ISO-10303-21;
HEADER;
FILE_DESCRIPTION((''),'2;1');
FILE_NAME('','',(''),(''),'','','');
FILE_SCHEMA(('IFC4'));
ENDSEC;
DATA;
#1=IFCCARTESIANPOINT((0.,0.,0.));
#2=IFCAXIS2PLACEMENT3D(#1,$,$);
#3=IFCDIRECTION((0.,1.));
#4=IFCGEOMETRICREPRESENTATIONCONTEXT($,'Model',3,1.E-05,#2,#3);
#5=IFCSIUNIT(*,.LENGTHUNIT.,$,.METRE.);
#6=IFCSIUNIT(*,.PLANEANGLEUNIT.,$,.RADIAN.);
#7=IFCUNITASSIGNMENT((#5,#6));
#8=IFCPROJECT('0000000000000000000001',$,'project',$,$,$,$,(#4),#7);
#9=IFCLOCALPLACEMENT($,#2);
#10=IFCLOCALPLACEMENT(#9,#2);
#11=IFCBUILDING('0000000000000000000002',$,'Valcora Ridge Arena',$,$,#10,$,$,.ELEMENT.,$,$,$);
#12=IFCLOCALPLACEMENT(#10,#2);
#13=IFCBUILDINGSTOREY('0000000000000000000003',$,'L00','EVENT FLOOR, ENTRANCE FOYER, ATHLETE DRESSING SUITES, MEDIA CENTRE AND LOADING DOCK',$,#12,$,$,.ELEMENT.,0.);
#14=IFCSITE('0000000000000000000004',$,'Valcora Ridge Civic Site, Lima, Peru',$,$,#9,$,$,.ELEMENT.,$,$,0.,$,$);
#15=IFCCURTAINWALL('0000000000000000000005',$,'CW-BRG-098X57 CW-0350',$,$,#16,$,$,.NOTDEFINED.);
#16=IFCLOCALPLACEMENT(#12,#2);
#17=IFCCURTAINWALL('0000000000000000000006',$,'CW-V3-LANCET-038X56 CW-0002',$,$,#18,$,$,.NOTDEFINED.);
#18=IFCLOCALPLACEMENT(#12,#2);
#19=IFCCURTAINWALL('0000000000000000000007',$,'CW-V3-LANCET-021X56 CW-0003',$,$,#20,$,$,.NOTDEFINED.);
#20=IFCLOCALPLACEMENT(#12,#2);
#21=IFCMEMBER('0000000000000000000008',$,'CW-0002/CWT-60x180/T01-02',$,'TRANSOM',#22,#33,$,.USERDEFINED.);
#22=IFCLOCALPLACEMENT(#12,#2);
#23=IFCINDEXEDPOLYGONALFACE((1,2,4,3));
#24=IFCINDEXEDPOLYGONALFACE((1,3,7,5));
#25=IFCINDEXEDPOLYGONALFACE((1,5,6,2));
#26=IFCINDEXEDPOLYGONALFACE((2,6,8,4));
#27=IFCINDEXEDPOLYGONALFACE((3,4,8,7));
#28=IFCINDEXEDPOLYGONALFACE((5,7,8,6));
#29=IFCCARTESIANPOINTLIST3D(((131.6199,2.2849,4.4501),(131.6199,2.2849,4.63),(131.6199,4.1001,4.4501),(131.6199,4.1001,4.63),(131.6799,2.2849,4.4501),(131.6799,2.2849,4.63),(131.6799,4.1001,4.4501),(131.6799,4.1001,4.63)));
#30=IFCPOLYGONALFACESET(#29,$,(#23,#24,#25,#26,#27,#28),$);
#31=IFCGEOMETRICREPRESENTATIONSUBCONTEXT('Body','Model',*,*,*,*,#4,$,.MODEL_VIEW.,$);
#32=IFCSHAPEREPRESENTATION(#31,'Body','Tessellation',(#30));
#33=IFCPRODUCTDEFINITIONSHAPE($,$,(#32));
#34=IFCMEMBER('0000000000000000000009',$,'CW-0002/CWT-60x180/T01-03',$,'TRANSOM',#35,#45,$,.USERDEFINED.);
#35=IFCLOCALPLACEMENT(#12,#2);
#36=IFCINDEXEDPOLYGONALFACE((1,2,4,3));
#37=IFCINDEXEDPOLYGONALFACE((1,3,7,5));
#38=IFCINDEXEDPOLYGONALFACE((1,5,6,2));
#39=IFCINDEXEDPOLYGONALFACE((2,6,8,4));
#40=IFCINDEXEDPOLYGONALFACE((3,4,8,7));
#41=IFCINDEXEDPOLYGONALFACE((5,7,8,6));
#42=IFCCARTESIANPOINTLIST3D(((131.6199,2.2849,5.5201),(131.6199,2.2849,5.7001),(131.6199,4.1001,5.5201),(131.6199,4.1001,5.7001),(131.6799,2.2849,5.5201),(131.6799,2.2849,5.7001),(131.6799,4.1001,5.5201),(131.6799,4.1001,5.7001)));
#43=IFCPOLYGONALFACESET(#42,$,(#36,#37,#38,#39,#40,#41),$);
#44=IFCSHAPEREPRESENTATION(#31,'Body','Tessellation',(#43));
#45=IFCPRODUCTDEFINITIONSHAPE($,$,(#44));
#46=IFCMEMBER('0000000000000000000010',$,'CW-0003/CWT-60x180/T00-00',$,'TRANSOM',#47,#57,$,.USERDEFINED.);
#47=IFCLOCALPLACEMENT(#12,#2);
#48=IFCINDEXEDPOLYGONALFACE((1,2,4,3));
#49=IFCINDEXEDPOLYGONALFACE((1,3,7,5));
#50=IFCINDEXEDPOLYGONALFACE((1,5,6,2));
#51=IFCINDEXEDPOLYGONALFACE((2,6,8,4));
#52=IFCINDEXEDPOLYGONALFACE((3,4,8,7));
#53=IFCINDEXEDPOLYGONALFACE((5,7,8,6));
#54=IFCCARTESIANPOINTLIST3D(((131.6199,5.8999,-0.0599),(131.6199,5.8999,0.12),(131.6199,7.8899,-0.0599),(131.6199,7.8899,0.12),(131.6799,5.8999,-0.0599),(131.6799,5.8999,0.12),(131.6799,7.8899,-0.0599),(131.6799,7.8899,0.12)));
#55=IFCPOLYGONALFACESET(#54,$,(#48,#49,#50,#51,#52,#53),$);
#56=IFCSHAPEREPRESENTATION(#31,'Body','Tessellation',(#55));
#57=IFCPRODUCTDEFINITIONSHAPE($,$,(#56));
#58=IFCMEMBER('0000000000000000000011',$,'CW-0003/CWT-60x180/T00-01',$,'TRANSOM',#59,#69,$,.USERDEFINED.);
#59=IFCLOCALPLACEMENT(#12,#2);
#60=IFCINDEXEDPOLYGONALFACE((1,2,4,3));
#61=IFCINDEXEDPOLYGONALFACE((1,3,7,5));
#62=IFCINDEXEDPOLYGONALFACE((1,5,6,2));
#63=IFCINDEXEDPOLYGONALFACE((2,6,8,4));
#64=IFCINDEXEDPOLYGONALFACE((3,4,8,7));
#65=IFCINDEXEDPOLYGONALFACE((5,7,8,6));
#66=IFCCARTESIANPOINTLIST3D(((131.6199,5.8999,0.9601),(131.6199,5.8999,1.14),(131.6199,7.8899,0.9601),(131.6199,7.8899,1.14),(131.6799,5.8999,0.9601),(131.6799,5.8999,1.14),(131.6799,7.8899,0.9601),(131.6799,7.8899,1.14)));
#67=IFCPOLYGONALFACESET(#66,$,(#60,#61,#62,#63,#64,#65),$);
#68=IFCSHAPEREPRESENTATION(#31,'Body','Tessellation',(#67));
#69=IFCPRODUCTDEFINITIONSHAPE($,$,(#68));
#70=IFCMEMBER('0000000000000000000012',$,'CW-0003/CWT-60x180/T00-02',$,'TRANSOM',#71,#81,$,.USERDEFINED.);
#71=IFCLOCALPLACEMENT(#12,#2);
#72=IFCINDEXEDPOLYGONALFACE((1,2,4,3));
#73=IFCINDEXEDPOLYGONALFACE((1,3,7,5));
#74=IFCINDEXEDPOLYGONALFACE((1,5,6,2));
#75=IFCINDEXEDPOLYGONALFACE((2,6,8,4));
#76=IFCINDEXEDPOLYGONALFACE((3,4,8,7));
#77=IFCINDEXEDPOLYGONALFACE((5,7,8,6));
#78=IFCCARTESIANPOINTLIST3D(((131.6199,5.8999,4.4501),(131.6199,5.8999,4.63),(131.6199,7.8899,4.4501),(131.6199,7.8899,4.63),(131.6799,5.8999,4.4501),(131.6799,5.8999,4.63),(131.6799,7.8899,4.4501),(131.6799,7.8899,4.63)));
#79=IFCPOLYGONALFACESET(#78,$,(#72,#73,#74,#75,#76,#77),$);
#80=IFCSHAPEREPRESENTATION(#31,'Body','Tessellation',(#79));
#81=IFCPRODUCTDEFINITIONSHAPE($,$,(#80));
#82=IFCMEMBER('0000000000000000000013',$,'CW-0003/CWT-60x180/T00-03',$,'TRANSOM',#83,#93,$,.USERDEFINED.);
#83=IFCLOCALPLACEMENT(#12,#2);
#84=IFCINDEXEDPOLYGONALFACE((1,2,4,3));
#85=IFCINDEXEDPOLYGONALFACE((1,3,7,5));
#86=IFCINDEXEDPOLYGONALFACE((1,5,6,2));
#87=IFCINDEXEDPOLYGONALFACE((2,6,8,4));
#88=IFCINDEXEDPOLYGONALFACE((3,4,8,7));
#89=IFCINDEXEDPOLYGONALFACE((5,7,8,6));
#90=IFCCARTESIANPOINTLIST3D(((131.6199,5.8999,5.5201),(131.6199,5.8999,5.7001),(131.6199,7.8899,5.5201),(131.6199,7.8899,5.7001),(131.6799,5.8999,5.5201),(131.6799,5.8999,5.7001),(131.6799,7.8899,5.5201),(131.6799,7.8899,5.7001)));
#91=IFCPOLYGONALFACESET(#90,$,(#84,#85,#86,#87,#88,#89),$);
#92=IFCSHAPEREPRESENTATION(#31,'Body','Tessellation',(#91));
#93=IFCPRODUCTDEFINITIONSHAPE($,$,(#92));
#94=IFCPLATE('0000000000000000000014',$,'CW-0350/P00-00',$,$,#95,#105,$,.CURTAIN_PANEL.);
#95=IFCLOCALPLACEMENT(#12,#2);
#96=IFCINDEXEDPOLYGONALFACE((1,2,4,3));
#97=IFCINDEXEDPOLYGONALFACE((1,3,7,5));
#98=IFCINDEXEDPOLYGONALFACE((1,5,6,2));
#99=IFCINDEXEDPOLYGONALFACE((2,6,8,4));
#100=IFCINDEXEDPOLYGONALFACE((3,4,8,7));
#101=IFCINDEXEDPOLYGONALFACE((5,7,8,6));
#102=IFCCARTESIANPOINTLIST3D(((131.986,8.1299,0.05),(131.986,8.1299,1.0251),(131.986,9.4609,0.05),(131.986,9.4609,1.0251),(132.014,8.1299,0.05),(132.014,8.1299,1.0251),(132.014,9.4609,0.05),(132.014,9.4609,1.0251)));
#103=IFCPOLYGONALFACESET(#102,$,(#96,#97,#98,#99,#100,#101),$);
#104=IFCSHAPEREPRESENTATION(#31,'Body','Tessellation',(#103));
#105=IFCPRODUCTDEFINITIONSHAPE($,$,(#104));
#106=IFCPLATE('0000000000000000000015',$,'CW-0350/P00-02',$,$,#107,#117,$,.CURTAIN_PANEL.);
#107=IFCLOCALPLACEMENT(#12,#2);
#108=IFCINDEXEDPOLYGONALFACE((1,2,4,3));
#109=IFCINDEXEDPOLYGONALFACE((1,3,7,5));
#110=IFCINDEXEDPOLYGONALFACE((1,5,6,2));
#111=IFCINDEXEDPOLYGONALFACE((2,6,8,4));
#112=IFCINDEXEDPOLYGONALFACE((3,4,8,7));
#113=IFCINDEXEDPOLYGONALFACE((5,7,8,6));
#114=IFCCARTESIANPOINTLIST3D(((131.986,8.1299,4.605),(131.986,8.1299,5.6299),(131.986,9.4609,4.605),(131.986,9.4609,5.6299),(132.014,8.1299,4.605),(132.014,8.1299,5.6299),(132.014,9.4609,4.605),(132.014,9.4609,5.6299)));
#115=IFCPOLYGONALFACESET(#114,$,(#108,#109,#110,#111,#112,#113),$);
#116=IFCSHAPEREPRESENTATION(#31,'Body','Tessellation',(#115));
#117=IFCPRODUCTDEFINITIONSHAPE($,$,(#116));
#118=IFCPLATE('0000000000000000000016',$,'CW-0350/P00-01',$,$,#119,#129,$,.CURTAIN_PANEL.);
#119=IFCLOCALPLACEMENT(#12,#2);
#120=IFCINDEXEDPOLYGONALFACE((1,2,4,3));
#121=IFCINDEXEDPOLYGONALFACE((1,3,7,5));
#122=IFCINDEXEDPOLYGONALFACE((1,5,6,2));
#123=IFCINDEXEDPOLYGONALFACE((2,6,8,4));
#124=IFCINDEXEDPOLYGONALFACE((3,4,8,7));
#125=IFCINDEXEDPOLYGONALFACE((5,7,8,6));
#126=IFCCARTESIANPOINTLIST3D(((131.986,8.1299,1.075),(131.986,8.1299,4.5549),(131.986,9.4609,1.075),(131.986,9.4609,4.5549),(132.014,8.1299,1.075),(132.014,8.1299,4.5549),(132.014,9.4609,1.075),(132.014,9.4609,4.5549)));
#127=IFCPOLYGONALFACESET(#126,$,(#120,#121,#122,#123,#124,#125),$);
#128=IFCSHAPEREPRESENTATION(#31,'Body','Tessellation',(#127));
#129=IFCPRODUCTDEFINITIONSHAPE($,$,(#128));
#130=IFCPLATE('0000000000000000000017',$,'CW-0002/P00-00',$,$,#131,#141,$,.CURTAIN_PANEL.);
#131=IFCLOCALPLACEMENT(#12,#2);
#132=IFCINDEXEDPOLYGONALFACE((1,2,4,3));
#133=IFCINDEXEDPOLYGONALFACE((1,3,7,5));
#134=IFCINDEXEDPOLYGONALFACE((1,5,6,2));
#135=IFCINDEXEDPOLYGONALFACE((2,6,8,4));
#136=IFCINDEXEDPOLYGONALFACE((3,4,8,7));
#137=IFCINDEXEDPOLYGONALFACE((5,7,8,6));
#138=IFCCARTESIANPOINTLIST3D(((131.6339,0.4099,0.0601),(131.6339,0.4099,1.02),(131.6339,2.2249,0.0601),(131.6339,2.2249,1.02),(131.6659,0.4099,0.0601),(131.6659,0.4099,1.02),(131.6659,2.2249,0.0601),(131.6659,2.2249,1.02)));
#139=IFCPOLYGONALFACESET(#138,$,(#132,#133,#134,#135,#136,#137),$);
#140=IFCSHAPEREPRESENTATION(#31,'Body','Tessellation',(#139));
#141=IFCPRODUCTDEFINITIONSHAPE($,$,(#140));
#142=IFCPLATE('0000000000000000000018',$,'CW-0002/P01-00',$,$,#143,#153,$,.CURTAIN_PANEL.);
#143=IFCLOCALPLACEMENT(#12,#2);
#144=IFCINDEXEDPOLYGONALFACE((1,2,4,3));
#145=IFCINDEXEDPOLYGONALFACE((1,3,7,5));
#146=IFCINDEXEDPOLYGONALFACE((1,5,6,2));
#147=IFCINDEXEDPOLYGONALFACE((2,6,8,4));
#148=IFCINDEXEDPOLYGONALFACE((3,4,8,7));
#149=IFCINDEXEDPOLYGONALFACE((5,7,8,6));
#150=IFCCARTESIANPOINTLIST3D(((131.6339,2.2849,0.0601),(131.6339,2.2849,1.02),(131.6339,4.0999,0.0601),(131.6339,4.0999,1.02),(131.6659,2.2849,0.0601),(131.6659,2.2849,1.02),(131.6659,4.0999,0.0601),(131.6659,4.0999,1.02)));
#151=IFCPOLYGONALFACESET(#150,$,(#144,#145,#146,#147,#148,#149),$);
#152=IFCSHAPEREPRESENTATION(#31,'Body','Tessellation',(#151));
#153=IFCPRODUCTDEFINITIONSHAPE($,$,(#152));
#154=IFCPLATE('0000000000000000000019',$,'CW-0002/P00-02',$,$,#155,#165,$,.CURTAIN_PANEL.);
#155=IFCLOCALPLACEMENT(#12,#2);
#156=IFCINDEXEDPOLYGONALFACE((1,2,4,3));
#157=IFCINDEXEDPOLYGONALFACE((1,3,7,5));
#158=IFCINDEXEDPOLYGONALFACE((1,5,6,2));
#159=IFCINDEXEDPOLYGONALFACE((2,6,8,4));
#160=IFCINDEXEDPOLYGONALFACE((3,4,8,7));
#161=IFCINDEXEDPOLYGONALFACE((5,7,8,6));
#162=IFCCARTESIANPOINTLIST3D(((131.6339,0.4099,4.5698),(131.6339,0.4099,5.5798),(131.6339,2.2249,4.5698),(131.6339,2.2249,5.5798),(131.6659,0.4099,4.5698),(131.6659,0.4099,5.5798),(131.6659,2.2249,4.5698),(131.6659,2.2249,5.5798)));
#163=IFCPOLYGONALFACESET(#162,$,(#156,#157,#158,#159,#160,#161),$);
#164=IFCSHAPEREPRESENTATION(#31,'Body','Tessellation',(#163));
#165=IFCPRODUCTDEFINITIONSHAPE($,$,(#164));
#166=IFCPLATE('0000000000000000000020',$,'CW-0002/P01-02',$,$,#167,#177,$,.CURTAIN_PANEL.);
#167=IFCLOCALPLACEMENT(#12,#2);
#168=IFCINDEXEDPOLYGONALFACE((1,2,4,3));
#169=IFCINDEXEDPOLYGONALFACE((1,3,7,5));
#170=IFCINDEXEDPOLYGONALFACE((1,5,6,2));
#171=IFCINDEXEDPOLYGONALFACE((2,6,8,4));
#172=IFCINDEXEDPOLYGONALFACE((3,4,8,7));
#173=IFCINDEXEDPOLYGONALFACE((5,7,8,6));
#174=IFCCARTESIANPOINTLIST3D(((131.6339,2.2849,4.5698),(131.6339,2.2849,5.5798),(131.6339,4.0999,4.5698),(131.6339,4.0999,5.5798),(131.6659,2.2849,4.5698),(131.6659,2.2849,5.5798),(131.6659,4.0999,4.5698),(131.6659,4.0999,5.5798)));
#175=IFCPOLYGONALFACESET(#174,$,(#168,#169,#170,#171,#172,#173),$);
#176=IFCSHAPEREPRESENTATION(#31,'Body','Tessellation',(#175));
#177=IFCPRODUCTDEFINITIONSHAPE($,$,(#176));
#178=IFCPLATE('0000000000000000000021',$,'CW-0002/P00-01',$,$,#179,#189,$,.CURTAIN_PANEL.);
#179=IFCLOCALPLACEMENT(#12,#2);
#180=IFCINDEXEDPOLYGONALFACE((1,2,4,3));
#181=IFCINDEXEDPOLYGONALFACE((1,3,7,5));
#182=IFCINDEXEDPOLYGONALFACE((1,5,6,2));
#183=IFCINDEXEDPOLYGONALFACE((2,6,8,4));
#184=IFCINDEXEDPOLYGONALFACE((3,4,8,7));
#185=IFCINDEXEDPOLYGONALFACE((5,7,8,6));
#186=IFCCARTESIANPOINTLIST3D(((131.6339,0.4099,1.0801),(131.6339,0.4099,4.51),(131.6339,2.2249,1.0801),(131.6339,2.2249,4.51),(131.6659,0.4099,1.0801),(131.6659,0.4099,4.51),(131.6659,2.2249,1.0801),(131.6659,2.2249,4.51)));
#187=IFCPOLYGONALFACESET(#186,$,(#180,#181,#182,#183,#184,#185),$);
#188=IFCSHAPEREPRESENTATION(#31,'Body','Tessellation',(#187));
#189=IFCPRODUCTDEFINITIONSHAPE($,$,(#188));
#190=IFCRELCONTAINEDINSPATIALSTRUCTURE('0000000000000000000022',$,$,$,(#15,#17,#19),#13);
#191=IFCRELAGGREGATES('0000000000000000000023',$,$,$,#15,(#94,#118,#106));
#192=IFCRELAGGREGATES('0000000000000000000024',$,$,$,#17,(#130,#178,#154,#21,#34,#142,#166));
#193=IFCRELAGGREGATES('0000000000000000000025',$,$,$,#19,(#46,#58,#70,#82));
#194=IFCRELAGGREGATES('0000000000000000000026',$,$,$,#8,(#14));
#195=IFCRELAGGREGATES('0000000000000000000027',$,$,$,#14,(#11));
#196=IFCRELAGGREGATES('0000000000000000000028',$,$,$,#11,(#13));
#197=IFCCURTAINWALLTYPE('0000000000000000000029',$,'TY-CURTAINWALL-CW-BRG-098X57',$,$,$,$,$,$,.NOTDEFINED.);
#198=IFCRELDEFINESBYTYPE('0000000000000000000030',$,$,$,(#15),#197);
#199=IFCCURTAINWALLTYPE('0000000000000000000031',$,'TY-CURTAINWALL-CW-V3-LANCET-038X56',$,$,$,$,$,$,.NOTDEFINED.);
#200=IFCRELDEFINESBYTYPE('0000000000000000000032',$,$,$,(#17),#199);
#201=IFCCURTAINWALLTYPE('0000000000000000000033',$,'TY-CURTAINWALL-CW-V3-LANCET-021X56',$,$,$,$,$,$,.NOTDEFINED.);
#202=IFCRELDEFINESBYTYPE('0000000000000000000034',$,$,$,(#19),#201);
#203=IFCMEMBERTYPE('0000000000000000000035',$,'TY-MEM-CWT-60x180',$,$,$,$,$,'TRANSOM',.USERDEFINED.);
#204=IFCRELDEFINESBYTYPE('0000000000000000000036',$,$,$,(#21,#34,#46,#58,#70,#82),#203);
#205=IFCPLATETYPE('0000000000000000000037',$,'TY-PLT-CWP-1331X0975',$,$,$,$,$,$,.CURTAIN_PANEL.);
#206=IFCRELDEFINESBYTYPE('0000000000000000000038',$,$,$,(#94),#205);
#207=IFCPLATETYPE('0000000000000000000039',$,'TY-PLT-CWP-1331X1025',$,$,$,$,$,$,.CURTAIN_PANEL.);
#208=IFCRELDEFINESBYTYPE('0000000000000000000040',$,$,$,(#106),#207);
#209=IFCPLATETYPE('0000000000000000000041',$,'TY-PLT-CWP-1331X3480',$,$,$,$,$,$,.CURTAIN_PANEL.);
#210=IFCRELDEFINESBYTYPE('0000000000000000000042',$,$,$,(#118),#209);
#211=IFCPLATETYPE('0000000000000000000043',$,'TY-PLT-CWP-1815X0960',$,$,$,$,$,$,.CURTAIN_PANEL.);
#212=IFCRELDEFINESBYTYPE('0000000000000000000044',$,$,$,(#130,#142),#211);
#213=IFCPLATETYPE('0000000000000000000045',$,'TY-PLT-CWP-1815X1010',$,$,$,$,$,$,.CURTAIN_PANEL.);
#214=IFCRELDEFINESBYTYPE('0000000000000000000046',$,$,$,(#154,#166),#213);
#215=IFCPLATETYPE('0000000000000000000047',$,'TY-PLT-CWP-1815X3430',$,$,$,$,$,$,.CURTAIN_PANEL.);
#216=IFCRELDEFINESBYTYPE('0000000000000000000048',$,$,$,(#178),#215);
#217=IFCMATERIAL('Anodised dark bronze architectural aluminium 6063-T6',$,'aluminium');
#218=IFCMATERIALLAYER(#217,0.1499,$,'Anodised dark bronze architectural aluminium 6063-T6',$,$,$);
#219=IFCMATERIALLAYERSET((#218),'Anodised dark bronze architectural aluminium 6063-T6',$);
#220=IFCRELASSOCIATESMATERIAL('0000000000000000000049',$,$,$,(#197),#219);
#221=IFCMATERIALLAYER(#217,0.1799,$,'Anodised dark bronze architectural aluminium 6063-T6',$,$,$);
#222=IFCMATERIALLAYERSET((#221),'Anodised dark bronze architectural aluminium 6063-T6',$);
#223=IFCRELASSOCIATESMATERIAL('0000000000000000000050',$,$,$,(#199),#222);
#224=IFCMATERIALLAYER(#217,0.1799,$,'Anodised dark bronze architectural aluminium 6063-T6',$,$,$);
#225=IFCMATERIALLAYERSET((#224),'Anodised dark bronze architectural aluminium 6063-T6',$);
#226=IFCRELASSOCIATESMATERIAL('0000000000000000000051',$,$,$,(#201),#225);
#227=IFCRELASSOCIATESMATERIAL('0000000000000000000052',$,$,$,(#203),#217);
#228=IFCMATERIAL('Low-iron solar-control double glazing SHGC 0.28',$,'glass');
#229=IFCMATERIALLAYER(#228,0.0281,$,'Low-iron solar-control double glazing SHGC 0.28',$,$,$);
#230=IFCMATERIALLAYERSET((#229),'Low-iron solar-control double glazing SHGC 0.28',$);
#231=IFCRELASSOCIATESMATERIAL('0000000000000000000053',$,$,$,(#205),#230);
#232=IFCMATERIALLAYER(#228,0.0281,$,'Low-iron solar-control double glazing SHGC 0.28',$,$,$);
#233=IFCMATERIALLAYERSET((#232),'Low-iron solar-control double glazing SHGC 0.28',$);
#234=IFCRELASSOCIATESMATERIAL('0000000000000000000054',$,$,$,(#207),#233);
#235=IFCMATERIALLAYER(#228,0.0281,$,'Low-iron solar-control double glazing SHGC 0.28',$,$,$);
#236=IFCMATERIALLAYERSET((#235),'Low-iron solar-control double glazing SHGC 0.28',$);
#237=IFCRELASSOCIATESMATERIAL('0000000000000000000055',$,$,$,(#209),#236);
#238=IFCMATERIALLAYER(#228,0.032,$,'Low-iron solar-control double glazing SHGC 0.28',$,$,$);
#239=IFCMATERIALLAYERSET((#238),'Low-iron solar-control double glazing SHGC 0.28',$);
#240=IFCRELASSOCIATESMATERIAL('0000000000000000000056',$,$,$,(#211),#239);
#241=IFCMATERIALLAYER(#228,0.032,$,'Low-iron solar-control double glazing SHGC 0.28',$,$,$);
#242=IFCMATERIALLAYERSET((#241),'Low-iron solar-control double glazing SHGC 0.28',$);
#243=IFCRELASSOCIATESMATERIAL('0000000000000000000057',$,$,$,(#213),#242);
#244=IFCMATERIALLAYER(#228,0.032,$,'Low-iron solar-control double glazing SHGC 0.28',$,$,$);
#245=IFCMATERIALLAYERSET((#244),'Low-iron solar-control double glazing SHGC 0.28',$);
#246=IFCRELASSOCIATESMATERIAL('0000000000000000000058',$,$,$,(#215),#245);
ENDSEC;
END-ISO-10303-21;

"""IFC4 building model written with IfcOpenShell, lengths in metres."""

from ifc_helpers import new_model, si_unit, direction, frame, origin, origin_2d, place, context, subcontext, project, spatial, rectangle, extrude, material, layer, layer_set, material_profile, profile_set, type_object, element, aggregate, save


model = new_model("IFC4")

# Units and contexts
model_context = context("Model", 3, precision=1e-05, world=origin(), true_north=direction((0.0, 1.0)))
body_context = subcontext(model_context, "Body", "Model", "MODEL_VIEW")
ifc_project = project(units=[si_unit("LENGTHUNIT", "METRE"), si_unit("PLANEANGLEUNIT", "RADIAN")], contexts=[model_context])

# Site, building, storey
site_placement = place(None, origin())
site = spatial("IfcSite", under=ifc_project, at=site_placement, Name="Valcora Ridge Civic Site, Lima, Peru", CompositionType="ELEMENT", RefElevation=0.0)
building_placement = place(site_placement, origin())
building = spatial("IfcBuilding", under=site, at=building_placement, Name="Valcora Ridge Arena", CompositionType="ELEMENT")
storey_placement = place(building_placement, origin())
storey = spatial("IfcBuildingStorey", under=building, at=storey_placement, Name="L00", Description="EVENT FLOOR, ENTRANCE FOYER, ATHLETE DRESSING SUITES, MEDIA CENTRE AND LOADING DOCK", CompositionType="ELEMENT", Elevation=0.0)

# Curtain walls
ifc_material_1 = material(Name="Anodised dark bronze architectural aluminium 6063-T6", Category="aluminium")
ifc_layer_1 = layer(ifc_material_1, 0.1499, Name="Anodised dark bronze architectural aluminium 6063-T6")
ifc_layer_set_1 = layer_set([ifc_layer_1], Name="Anodised dark bronze architectural aluminium 6063-T6")
curtain_wall_type_1 = type_object("IfcCurtainWallType", Name="TY-CURTAINWALL-CW-BRG-098X57", PredefinedType="NOTDEFINED", material=ifc_layer_set_1)
curtain_wall_1_placement = place(storey_placement, origin())
curtain_wall_1 = element("IfcCurtainWall", 1, at=curtain_wall_1_placement, inside=storey, type_object=curtain_wall_type_1, Name="CW-BRG-098X57 CW-0350", PredefinedType="NOTDEFINED")
ifc_layer_2 = layer(ifc_material_1, 0.1799, Name="Anodised dark bronze architectural aluminium 6063-T6")
ifc_layer_set_2 = layer_set([ifc_layer_2], Name="Anodised dark bronze architectural aluminium 6063-T6")
curtain_wall_type_2 = type_object("IfcCurtainWallType", Name="TY-CURTAINWALL-CW-V3-LANCET-038X56", PredefinedType="NOTDEFINED", material=ifc_layer_set_2)
curtain_wall_2_placement = place(storey_placement, origin())
curtain_wall_2 = element("IfcCurtainWall", 2, at=curtain_wall_2_placement, inside=storey, type_object=curtain_wall_type_2, Name="CW-V3-LANCET-038X56 CW-0002", PredefinedType="NOTDEFINED")
ifc_layer_3 = layer(ifc_material_1, 0.1799, Name="Anodised dark bronze architectural aluminium 6063-T6")
ifc_layer_set_3 = layer_set([ifc_layer_3], Name="Anodised dark bronze architectural aluminium 6063-T6")
curtain_wall_type_3 = type_object("IfcCurtainWallType", Name="TY-CURTAINWALL-CW-V3-LANCET-021X56", PredefinedType="NOTDEFINED", material=ifc_layer_set_3)
curtain_wall_3_placement = place(storey_placement, origin())
curtain_wall_3 = element("IfcCurtainWall", 3, at=curtain_wall_3_placement, inside=storey, type_object=curtain_wall_type_3, Name="CW-V3-LANCET-021X56 CW-0003", PredefinedType="NOTDEFINED")

# Members
ifc_material_profile_1 = material_profile(ifc_material_1, rectangle(XDim=0.0601, YDim=0.1799, at=origin_2d()), Name="ALU TRANSOM 60x180")
ifc_profile_set_1 = profile_set([ifc_material_profile_1], Name="Anodised dark bronze architectural aluminium 6063-T6")
member_type_1 = type_object("IfcMemberType", Name="TY-MEM-CWT-60x180", ElementType="TRANSOM", PredefinedType="USERDEFINED", material=ifc_profile_set_1)
member_1_placement = place(storey_placement, frame((131.6499, 2.2849, 4.54), z_axis=(0.0, 1.0, 0.0), x_axis=(-1.0, 0.0, 0.0)))
member_1 = element("IfcMember", 4, at=member_1_placement, type_object=member_type_1, Name="CW-0002/CWT-60x180/T01-02", ObjectType="TRANSOM", PredefinedType="USERDEFINED", context=body_context, shape_type="SweptSolid", body=[
    extrude(rectangle(XDim=0.0601, YDim=0.1799, at=origin_2d()), origin(), (0.0, 0.0, 1.0), 1.8152),
])
member_2_placement = place(storey_placement, frame((131.6499, 2.2849, 5.6101), z_axis=(0.0, 1.0, 0.0), x_axis=(-1.0, 0.0, 0.0)))
member_2 = element("IfcMember", 5, at=member_2_placement, type_object=member_type_1, Name="CW-0002/CWT-60x180/T01-03", ObjectType="TRANSOM", PredefinedType="USERDEFINED", context=body_context, shape_type="SweptSolid", body=[
    extrude(rectangle(XDim=0.0601, YDim=0.1799, at=origin_2d()), origin(), (0.0, 0.0, 1.0), 1.8152),
])
member_3_placement = place(storey_placement, frame((131.6499, 5.8999, 0.03), z_axis=(0.0, 1.0, 0.0), x_axis=(-1.0, 0.0, 0.0)))
member_3 = element("IfcMember", 6, at=member_3_placement, type_object=member_type_1, Name="CW-0003/CWT-60x180/T00-00", ObjectType="TRANSOM", PredefinedType="USERDEFINED", context=body_context, shape_type="SweptSolid", body=[
    extrude(rectangle(XDim=0.0601, YDim=0.1799, at=origin_2d()), origin(), (0.0, 0.0, 1.0), 1.99),
])
member_4_placement = place(storey_placement, frame((131.6499, 5.8999, 1.05), z_axis=(0.0, 1.0, 0.0), x_axis=(-1.0, 0.0, 0.0)))
member_4 = element("IfcMember", 7, at=member_4_placement, type_object=member_type_1, Name="CW-0003/CWT-60x180/T00-01", ObjectType="TRANSOM", PredefinedType="USERDEFINED", context=body_context, shape_type="SweptSolid", body=[
    extrude(rectangle(XDim=0.0601, YDim=0.1799, at=origin_2d()), origin(), (0.0, 0.0, 1.0), 1.99),
])
member_5_placement = place(storey_placement, frame((131.6499, 5.8999, 4.54), z_axis=(0.0, 1.0, 0.0), x_axis=(-1.0, 0.0, 0.0)))
member_5 = element("IfcMember", 8, at=member_5_placement, type_object=member_type_1, Name="CW-0003/CWT-60x180/T00-02", ObjectType="TRANSOM", PredefinedType="USERDEFINED", context=body_context, shape_type="SweptSolid", body=[
    extrude(rectangle(XDim=0.0601, YDim=0.1799, at=origin_2d()), origin(), (0.0, 0.0, 1.0), 1.99),
])
member_6_placement = place(storey_placement, frame((131.6499, 5.8999, 5.6101), z_axis=(0.0, 1.0, 0.0), x_axis=(-1.0, 0.0, 0.0)))
member_6 = element("IfcMember", 9, at=member_6_placement, type_object=member_type_1, Name="CW-0003/CWT-60x180/T00-03", ObjectType="TRANSOM", PredefinedType="USERDEFINED", context=body_context, shape_type="SweptSolid", body=[
    extrude(rectangle(XDim=0.0601, YDim=0.1799, at=origin_2d()), origin(), (0.0, 0.0, 1.0), 1.99),
])

# Plates
ifc_material_2 = material(Name="Low-iron solar-control double glazing SHGC 0.28", Category="glass")
ifc_layer_4 = layer(ifc_material_2, 0.0281, Name="Low-iron solar-control double glazing SHGC 0.28")
ifc_layer_set_4 = layer_set([ifc_layer_4], Name="Low-iron solar-control double glazing SHGC 0.28")
plate_type_1 = type_object("IfcPlateType", Name="TY-PLT-CWP-1331X0975", PredefinedType="CURTAIN_PANEL", material=ifc_layer_set_4)
plate_1_placement = place(storey_placement, frame((132.0, 8.7954, 0.05), z_axis=(0.0, 0.0, 1.0), x_axis=(0.0, 1.0, 0.0)))
plate_1 = element("IfcPlate", 10, at=plate_1_placement, type_object=plate_type_1, Name="CW-0350/P00-00", PredefinedType="CURTAIN_PANEL", context=body_context, shape_type="SweptSolid", body=[
    extrude(rectangle(XDim=1.3311, YDim=0.0281, at=origin_2d()), origin(), (0.0, 0.0, 1.0), 0.9751),
])
ifc_layer_5 = layer(ifc_material_2, 0.0281, Name="Low-iron solar-control double glazing SHGC 0.28")
ifc_layer_set_5 = layer_set([ifc_layer_5], Name="Low-iron solar-control double glazing SHGC 0.28")
plate_type_2 = type_object("IfcPlateType", Name="TY-PLT-CWP-1331X1025", PredefinedType="CURTAIN_PANEL", material=ifc_layer_set_5)
plate_2_placement = place(storey_placement, frame((132.0, 8.7954, 4.605), z_axis=(0.0, 0.0, 1.0), x_axis=(0.0, 1.0, 0.0)))
plate_2 = element("IfcPlate", 11, at=plate_2_placement, type_object=plate_type_2, Name="CW-0350/P00-02", PredefinedType="CURTAIN_PANEL", context=body_context, shape_type="SweptSolid", body=[
    extrude(rectangle(XDim=1.3311, YDim=0.0281, at=origin_2d()), origin(), (0.0, 0.0, 1.0), 1.0249),
])
ifc_layer_6 = layer(ifc_material_2, 0.0281, Name="Low-iron solar-control double glazing SHGC 0.28")
ifc_layer_set_6 = layer_set([ifc_layer_6], Name="Low-iron solar-control double glazing SHGC 0.28")
plate_type_3 = type_object("IfcPlateType", Name="TY-PLT-CWP-1331X3480", PredefinedType="CURTAIN_PANEL", material=ifc_layer_set_6)
plate_3_placement = place(storey_placement, frame((132.0, 8.7954, 1.075), z_axis=(0.0, 0.0, 1.0), x_axis=(0.0, 1.0, 0.0)))
plate_3 = element("IfcPlate", 12, at=plate_3_placement, type_object=plate_type_3, Name="CW-0350/P00-01", PredefinedType="CURTAIN_PANEL", context=body_context, shape_type="SweptSolid", body=[
    extrude(rectangle(XDim=1.3311, YDim=0.0281, at=origin_2d()), origin(), (0.0, 0.0, 1.0), 3.48),
])
aggregate(curtain_wall_1, [plate_1, plate_3, plate_2])
ifc_layer_7 = layer(ifc_material_2, 0.032, Name="Low-iron solar-control double glazing SHGC 0.28")
ifc_layer_set_7 = layer_set([ifc_layer_7], Name="Low-iron solar-control double glazing SHGC 0.28")
plate_type_4 = type_object("IfcPlateType", Name="TY-PLT-CWP-1815X0960", PredefinedType="CURTAIN_PANEL", material=ifc_layer_set_7)
plate_4_placement = place(storey_placement, frame((131.6499, 1.3174, 0.0601), z_axis=(0.0, 0.0, 1.0), x_axis=(0.0, 1.0, 0.0)))
plate_4 = element("IfcPlate", 13, at=plate_4_placement, type_object=plate_type_4, Name="CW-0002/P00-00", PredefinedType="CURTAIN_PANEL", context=body_context, shape_type="SweptSolid", body=[
    extrude(rectangle(XDim=1.8149, YDim=0.032, at=origin_2d()), origin(), (0.0, 0.0, 1.0), 0.96),
])
plate_5_placement = place(storey_placement, frame((131.6499, 3.1924, 0.0601), z_axis=(0.0, 0.0, 1.0), x_axis=(0.0, 1.0, 0.0)))
plate_5 = element("IfcPlate", 14, at=plate_5_placement, type_object=plate_type_4, Name="CW-0002/P01-00", PredefinedType="CURTAIN_PANEL", context=body_context, shape_type="SweptSolid", body=[
    extrude(rectangle(XDim=1.8149, YDim=0.032, at=origin_2d()), origin(), (0.0, 0.0, 1.0), 0.96),
])
ifc_layer_8 = layer(ifc_material_2, 0.032, Name="Low-iron solar-control double glazing SHGC 0.28")
ifc_layer_set_8 = layer_set([ifc_layer_8], Name="Low-iron solar-control double glazing SHGC 0.28")
plate_type_5 = type_object("IfcPlateType", Name="TY-PLT-CWP-1815X1010", PredefinedType="CURTAIN_PANEL", material=ifc_layer_set_8)
plate_6_placement = place(storey_placement, frame((131.6499, 1.3174, 4.5698), z_axis=(0.0, 0.0, 1.0), x_axis=(0.0, 1.0, 0.0)))
plate_6 = element("IfcPlate", 15, at=plate_6_placement, type_object=plate_type_5, Name="CW-0002/P00-02", PredefinedType="CURTAIN_PANEL", context=body_context, shape_type="SweptSolid", body=[
    extrude(rectangle(XDim=1.8149, YDim=0.032, at=origin_2d()), origin(), (0.0, 0.0, 1.0), 1.01),
])
plate_7_placement = place(storey_placement, frame((131.6499, 3.1924, 4.5698), z_axis=(0.0, 0.0, 1.0), x_axis=(0.0, 1.0, 0.0)))
plate_7 = element("IfcPlate", 16, at=plate_7_placement, type_object=plate_type_5, Name="CW-0002/P01-02", PredefinedType="CURTAIN_PANEL", context=body_context, shape_type="SweptSolid", body=[
    extrude(rectangle(XDim=1.8149, YDim=0.032, at=origin_2d()), origin(), (0.0, 0.0, 1.0), 1.01),
])
ifc_layer_9 = layer(ifc_material_2, 0.032, Name="Low-iron solar-control double glazing SHGC 0.28")
ifc_layer_set_9 = layer_set([ifc_layer_9], Name="Low-iron solar-control double glazing SHGC 0.28")
plate_type_6 = type_object("IfcPlateType", Name="TY-PLT-CWP-1815X3430", PredefinedType="CURTAIN_PANEL", material=ifc_layer_set_9)
plate_8_placement = place(storey_placement, frame((131.6499, 1.3174, 1.0801), z_axis=(0.0, 0.0, 1.0), x_axis=(0.0, 1.0, 0.0)))
plate_8 = element("IfcPlate", 17, at=plate_8_placement, type_object=plate_type_6, Name="CW-0002/P00-01", PredefinedType="CURTAIN_PANEL", context=body_context, shape_type="SweptSolid", body=[
    extrude(rectangle(XDim=1.8149, YDim=0.032, at=origin_2d()), origin(), (0.0, 0.0, 1.0), 3.4299),
])
aggregate(curtain_wall_2, [plate_4, plate_8, plate_6, member_1, member_2, plate_5, plate_7])
aggregate(curtain_wall_3, [member_3, member_4, member_5, member_6])

save(model, "model.ifc")
